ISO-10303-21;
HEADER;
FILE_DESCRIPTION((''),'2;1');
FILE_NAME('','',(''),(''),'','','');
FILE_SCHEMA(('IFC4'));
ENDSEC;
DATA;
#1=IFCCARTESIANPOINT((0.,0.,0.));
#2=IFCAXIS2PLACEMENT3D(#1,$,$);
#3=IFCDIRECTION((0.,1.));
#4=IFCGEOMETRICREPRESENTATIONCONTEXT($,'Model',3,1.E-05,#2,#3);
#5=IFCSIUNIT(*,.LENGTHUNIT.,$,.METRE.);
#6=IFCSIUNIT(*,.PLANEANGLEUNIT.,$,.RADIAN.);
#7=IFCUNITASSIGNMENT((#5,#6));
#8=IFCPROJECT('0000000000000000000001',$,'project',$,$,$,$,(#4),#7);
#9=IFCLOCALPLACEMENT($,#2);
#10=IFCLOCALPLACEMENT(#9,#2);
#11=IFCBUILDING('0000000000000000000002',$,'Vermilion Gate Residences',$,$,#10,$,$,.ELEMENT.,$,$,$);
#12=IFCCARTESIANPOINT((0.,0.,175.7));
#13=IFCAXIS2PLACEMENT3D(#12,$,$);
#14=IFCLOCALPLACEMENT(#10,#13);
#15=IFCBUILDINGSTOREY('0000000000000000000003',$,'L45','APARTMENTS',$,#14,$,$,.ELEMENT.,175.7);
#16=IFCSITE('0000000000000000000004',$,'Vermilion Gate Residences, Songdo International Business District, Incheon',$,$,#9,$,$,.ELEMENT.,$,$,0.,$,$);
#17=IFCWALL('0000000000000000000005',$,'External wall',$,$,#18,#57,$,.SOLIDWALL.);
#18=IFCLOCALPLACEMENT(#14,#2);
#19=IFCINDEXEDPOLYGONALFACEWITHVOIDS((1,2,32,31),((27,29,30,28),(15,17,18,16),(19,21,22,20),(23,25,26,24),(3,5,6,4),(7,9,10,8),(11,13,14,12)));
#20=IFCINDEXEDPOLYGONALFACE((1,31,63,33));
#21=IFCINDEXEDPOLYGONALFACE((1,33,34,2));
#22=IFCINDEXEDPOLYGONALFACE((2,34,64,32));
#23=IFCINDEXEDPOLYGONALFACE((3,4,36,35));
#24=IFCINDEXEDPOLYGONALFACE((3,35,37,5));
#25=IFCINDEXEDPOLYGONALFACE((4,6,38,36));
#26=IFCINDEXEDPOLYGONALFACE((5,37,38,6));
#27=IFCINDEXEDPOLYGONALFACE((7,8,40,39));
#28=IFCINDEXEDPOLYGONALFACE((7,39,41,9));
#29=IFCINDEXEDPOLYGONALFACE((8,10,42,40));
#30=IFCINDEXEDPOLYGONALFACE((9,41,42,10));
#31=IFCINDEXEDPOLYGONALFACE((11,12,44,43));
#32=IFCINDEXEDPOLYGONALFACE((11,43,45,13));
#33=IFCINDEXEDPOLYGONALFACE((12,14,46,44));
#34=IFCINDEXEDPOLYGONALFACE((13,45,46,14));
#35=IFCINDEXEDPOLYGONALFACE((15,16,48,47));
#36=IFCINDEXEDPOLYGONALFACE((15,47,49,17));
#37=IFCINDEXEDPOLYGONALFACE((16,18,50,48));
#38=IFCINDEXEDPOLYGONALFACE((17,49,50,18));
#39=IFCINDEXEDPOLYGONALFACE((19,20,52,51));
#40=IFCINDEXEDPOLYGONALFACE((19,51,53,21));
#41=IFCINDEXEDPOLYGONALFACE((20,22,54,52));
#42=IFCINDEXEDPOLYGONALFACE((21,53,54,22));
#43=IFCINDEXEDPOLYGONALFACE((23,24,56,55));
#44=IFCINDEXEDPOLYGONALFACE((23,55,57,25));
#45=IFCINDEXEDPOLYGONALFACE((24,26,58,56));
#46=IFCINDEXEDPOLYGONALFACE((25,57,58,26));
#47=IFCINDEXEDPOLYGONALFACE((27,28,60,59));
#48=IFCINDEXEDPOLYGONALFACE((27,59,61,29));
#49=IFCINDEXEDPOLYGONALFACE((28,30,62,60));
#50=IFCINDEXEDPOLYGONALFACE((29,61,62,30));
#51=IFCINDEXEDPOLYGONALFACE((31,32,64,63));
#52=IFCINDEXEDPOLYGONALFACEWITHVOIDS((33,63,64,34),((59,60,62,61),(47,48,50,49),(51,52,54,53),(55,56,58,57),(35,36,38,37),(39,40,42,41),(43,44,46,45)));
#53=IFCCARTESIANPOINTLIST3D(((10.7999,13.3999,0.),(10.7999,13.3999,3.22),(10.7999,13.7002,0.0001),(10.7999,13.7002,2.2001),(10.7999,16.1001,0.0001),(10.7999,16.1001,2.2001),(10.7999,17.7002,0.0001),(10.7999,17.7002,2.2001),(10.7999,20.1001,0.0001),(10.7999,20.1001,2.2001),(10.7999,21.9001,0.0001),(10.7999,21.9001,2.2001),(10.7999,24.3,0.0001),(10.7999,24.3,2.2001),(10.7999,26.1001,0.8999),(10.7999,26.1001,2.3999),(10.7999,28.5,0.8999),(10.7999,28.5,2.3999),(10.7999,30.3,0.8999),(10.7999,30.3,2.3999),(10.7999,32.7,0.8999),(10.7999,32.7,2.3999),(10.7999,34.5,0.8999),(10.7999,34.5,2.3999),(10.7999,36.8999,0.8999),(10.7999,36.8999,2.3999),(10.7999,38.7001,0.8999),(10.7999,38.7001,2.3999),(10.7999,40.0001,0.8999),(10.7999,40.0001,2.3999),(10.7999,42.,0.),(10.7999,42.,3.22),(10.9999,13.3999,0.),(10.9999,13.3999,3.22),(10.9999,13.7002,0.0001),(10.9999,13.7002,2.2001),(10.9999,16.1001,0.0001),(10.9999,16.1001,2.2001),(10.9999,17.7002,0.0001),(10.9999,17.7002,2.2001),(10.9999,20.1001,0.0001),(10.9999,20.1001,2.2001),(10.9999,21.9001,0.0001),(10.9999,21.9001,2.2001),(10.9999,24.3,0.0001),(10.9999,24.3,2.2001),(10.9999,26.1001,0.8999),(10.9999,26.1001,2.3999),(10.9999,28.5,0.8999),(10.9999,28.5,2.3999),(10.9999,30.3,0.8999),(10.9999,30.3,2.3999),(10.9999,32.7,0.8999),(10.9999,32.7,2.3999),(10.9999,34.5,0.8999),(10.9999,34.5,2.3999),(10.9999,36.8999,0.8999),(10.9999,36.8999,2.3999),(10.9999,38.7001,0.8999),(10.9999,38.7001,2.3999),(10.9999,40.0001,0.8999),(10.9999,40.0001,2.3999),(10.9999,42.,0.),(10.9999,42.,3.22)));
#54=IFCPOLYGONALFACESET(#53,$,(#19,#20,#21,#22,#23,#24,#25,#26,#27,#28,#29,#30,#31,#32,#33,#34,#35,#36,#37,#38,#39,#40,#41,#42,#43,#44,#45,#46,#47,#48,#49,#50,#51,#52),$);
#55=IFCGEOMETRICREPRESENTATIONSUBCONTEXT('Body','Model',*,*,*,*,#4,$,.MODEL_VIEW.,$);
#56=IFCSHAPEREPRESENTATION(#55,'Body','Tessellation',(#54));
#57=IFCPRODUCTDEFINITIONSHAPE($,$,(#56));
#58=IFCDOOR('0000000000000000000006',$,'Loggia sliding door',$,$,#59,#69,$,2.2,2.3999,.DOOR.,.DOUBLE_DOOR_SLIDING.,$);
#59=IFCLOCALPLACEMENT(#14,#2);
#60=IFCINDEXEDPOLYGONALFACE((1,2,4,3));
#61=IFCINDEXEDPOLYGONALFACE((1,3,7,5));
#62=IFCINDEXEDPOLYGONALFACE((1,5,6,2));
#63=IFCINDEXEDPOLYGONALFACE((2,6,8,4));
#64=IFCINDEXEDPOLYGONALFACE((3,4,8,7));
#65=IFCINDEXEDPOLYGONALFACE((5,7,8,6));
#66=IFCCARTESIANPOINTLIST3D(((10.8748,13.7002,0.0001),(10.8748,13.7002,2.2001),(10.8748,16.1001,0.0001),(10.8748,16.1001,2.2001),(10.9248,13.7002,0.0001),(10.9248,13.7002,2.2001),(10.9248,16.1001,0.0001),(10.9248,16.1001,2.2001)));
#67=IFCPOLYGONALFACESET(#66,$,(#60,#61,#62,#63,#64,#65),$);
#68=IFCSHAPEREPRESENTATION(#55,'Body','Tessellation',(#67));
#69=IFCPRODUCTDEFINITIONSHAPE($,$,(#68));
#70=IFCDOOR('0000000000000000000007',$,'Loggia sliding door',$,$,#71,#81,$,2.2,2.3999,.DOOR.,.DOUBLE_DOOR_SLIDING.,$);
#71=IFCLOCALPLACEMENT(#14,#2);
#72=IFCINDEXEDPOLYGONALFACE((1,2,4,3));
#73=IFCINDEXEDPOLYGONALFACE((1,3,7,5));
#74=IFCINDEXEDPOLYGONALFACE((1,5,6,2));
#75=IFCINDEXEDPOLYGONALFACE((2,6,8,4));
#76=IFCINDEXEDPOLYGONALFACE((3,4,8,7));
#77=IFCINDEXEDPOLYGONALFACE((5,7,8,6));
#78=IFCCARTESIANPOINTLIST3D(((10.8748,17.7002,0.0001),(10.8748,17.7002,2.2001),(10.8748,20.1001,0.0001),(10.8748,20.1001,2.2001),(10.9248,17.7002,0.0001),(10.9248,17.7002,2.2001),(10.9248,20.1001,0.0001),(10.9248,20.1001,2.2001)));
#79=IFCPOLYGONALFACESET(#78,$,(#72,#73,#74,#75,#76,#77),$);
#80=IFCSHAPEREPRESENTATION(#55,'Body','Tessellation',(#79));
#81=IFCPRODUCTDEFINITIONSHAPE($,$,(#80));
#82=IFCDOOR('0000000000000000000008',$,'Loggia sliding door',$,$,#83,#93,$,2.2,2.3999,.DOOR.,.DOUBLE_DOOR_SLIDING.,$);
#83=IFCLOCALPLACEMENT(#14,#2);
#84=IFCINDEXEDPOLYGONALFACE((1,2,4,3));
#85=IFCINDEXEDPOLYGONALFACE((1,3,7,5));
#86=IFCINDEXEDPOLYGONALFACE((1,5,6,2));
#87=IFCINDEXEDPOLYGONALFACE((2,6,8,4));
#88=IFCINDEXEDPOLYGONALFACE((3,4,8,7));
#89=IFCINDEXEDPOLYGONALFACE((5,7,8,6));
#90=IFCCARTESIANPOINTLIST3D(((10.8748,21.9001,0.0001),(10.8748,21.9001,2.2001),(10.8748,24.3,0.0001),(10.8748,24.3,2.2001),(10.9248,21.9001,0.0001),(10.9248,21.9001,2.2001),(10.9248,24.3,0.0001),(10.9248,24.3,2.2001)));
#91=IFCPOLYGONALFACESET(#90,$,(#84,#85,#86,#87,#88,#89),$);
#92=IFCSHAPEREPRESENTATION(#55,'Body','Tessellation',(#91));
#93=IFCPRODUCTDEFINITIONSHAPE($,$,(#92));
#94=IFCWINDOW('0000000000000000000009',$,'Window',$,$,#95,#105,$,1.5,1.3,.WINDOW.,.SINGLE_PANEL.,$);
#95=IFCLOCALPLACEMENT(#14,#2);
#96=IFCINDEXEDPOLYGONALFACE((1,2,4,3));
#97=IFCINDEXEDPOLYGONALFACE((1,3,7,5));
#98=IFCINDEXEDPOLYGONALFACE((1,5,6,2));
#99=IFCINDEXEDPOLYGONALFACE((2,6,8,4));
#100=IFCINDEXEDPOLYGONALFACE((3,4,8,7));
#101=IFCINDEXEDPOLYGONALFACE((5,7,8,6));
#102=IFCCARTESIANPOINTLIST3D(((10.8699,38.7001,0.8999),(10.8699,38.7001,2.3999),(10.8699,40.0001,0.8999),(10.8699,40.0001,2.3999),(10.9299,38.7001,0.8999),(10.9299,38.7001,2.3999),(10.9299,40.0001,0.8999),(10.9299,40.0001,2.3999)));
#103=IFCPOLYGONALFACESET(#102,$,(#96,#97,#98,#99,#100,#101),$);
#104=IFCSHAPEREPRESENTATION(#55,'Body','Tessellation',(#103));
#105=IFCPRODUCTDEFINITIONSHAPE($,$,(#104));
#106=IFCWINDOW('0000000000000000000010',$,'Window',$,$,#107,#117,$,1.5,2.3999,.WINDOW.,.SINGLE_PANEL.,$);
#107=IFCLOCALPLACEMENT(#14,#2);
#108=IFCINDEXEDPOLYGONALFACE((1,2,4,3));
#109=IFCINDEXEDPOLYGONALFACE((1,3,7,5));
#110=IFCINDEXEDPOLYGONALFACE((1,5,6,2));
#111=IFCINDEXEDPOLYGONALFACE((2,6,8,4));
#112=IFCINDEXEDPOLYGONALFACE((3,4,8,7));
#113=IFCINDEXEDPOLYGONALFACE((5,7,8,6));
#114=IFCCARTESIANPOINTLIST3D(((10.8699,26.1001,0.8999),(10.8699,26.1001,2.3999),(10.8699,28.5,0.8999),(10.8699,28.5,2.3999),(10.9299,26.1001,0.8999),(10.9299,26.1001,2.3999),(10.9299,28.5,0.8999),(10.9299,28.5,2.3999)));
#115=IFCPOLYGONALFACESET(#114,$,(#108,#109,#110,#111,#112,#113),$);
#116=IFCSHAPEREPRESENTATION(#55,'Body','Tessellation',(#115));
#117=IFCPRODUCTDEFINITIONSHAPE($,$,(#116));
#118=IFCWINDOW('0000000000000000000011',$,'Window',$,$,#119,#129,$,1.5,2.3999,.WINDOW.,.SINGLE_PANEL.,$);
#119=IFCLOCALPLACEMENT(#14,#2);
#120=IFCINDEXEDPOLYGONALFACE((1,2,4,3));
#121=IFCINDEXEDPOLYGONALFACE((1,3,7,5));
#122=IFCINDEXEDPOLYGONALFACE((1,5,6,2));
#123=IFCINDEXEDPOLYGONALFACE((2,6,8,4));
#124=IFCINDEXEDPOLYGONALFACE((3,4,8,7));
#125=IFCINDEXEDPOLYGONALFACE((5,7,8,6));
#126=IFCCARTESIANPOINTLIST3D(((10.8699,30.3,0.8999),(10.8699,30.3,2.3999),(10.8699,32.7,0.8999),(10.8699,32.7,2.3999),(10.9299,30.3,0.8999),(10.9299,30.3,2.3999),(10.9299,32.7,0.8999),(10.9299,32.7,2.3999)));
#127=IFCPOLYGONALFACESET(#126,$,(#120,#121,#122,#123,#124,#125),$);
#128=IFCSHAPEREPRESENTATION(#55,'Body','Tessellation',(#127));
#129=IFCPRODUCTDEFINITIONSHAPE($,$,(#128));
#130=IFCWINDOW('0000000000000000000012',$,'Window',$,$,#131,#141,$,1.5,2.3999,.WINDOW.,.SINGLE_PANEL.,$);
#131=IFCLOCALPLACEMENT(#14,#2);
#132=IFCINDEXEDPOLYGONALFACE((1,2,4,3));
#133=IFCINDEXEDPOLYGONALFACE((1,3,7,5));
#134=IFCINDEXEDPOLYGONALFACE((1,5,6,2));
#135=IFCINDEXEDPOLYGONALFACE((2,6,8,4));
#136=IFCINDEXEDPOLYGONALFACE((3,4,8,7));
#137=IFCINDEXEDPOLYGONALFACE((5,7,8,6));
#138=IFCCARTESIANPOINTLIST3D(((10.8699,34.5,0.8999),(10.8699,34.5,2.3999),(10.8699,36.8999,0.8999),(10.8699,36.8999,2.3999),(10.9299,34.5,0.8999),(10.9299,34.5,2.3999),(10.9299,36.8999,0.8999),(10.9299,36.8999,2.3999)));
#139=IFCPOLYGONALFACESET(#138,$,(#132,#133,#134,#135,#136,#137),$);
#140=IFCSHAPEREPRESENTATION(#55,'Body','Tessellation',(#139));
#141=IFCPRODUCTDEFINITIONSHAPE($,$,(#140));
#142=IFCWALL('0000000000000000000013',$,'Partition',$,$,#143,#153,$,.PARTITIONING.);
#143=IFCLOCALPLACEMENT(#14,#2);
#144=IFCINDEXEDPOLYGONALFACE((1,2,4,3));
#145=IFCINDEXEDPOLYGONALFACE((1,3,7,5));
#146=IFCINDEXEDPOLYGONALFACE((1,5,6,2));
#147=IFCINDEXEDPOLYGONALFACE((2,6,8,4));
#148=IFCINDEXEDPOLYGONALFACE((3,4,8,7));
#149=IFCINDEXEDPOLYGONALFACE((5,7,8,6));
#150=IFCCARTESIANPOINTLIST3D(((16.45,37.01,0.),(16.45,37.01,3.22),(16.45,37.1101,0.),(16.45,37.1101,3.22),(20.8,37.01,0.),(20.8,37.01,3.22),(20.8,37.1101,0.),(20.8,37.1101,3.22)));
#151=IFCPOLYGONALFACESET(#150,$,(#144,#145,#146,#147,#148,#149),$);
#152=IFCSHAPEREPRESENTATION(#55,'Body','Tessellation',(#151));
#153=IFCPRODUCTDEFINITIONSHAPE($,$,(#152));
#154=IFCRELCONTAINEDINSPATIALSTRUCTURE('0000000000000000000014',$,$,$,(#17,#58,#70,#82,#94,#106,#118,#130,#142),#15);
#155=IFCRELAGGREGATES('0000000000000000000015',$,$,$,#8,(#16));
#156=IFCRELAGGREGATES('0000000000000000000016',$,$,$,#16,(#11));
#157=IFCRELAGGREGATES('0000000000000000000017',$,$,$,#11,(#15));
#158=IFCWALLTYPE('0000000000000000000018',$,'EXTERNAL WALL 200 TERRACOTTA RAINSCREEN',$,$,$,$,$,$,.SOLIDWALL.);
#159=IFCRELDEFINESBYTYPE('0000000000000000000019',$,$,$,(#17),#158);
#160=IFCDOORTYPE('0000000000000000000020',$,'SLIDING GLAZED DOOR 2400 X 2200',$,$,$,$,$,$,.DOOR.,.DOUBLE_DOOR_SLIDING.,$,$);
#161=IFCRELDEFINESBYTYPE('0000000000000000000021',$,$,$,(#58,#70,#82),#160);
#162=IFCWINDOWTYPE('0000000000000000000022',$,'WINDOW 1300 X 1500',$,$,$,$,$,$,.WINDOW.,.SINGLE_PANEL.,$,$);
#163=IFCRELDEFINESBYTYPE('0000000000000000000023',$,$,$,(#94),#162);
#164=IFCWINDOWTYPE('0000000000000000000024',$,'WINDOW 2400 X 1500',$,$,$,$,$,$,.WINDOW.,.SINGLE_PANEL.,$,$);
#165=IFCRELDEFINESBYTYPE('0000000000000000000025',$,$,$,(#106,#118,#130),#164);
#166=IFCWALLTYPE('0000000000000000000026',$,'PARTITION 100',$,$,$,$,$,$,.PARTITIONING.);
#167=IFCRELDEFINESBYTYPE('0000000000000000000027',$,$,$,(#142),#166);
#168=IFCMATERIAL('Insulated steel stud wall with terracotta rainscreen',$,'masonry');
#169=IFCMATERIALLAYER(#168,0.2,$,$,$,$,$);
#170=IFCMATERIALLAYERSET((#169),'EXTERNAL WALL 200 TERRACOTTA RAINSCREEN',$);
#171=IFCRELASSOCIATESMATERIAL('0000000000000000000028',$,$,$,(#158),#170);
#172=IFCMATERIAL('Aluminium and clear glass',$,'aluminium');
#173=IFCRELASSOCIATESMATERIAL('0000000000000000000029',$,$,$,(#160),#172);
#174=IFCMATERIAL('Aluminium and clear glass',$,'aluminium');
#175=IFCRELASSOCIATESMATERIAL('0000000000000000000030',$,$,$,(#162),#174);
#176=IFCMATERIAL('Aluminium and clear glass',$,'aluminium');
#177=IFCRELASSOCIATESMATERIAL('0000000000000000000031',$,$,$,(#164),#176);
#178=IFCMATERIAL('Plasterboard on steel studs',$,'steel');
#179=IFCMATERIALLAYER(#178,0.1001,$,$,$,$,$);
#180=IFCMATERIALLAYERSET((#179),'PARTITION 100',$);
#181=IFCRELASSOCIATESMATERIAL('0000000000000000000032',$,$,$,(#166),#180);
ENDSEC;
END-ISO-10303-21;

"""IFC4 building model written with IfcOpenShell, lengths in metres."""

from ifc_helpers import new_model, si_unit, direction, frame, frame_2d, origin, place, context, subcontext, project, spatial, rectangle, extrude, material, layer, layer_set, type_object, element, fill, save


model = new_model("IFC4")

# Units and contexts
model_context = context("Model", 3, precision=1e-05, world=origin(), true_north=direction((0.0, 1.0)))
body_context = subcontext(model_context, "Body", "Model", "MODEL_VIEW")
ifc_project = project(units=[si_unit("LENGTHUNIT", "METRE"), si_unit("PLANEANGLEUNIT", "RADIAN")], contexts=[model_context])

# Site, building, storey
site_placement = place(None, origin())
site = spatial("IfcSite", under=ifc_project, at=site_placement, Name="Vermilion Gate Residences, Songdo International Business District, Incheon", CompositionType="ELEMENT", RefElevation=0.0)
building_placement = place(site_placement, origin())
building = spatial("IfcBuilding", under=site, at=building_placement, Name="Vermilion Gate Residences", CompositionType="ELEMENT")
storey_placement = place(building_placement, frame((0.0, 0.0, 175.7)))
storey = spatial("IfcBuildingStorey", under=building, at=storey_placement, Name="L45", Description="APARTMENTS", CompositionType="ELEMENT", Elevation=175.7)

# Wall, openings, doors, windows
ifc_material_1 = material(Name="Insulated steel stud wall with terracotta rainscreen", Category="masonry")
ifc_layer_1 = layer(ifc_material_1, 0.2)
ifc_layer_set_1 = layer_set([ifc_layer_1], Name="EXTERNAL WALL 200 TERRACOTTA RAINSCREEN")
wall_type_1 = type_object("IfcWallType", Name="EXTERNAL WALL 200 TERRACOTTA RAINSCREEN", PredefinedType="SOLIDWALL", material=ifc_layer_set_1)
wall_1_placement = place(storey_placement, frame((10.8999, 42.0, 0.0), z_axis=(0.0, 0.0, 1.0), x_axis=(0.0, -1.0, 0.0)))
wall_1 = element("IfcWall", 1, at=wall_1_placement, inside=storey, type_object=wall_type_1, Name="External wall", PredefinedType="SOLIDWALL", context=body_context, shape_type="SweptSolid", body=[
    extrude(rectangle(XDim=28.6001, YDim=0.2, at=frame_2d((14.3, 0.0))), origin(), (0.0, 0.0, 1.0), 3.22),
])
opening_1_placement = place(wall_1_placement, frame((25.8999, 0.0, 0.0)))
opening_1 = element("IfcOpeningElement", 2, at=opening_1_placement, cuts=wall_1, PredefinedType="OPENING", context=body_context, shape_type="SweptSolid", body=[
    extrude(rectangle(XDim=2.3999, YDim=2.2, at=frame_2d((1.2, 1.1001))), frame((0.0, 0.1099, 0.0), z_axis=(0.0, -1.0, 0.0), x_axis=(1.0, 0.0, 0.0)), (0.0, 0.0, 1.0), 0.22),
])
opening_2_placement = place(wall_1_placement, frame((21.8999, 0.0, 0.0)))
opening_2 = element("IfcOpeningElement", 3, at=opening_2_placement, cuts=wall_1, PredefinedType="OPENING", context=body_context, shape_type="SweptSolid", body=[
    extrude(rectangle(XDim=2.3999, YDim=2.2, at=frame_2d((1.2, 1.1001))), frame((0.0, 0.1099, 0.0), z_axis=(0.0, -1.0, 0.0), x_axis=(1.0, 0.0, 0.0)), (0.0, 0.0, 1.0), 0.22),
])
opening_3_placement = place(wall_1_placement, frame((17.7, 0.0, 0.0)))
opening_3 = element("IfcOpeningElement", 4, at=opening_3_placement, cuts=wall_1, PredefinedType="OPENING", context=body_context, shape_type="SweptSolid", body=[
    extrude(rectangle(XDim=2.3999, YDim=2.2, at=frame_2d((1.2, 1.1001))), frame((0.0, 0.1099, 0.0), z_axis=(0.0, -1.0, 0.0), x_axis=(1.0, 0.0, 0.0)), (0.0, 0.0, 1.0), 0.22),
])
opening_4_placement = place(wall_1_placement, frame((13.5, 0.0, 0.8999)))
opening_4 = element("IfcOpeningElement", 5, at=opening_4_placement, cuts=wall_1, PredefinedType="OPENING", context=body_context, shape_type="SweptSolid", body=[
    extrude(rectangle(XDim=2.3999, YDim=1.5, at=frame_2d((1.2, 0.75))), frame((0.0, 0.1099, 0.0), z_axis=(0.0, -1.0, 0.0), x_axis=(1.0, 0.0, 0.0)), (0.0, 0.0, 1.0), 0.22),
])
opening_5_placement = place(wall_1_placement, frame((9.3, 0.0, 0.8999)))
opening_5 = element("IfcOpeningElement", 6, at=opening_5_placement, cuts=wall_1, PredefinedType="OPENING", context=body_context, shape_type="SweptSolid", body=[
    extrude(rectangle(XDim=2.3999, YDim=1.5, at=frame_2d((1.2, 0.75))), frame((0.0, 0.1099, 0.0), z_axis=(0.0, -1.0, 0.0), x_axis=(1.0, 0.0, 0.0)), (0.0, 0.0, 1.0), 0.22),
])
opening_6_placement = place(wall_1_placement, frame((5.1001, 0.0, 0.8999)))
opening_6 = element("IfcOpeningElement", 7, at=opening_6_placement, cuts=wall_1, PredefinedType="OPENING", context=body_context, shape_type="SweptSolid", body=[
    extrude(rectangle(XDim=2.3999, YDim=1.5, at=frame_2d((1.2, 0.75))), frame((0.0, 0.1099, 0.0), z_axis=(0.0, -1.0, 0.0), x_axis=(1.0, 0.0, 0.0)), (0.0, 0.0, 1.0), 0.22),
])
opening_7_placement = place(wall_1_placement, frame((2.0, 0.0, 0.8999)))
opening_7 = element("IfcOpeningElement", 8, at=opening_7_placement, cuts=wall_1, PredefinedType="OPENING", context=body_context, shape_type="SweptSolid", body=[
    extrude(rectangle(XDim=1.3, YDim=1.5, at=frame_2d((0.6499, 0.75))), frame((0.0, 0.1099, 0.0), z_axis=(0.0, -1.0, 0.0), x_axis=(1.0, 0.0, 0.0)), (0.0, 0.0, 1.0), 0.22),
])
ifc_material_2 = material(Name="Aluminium and clear glass", Category="aluminium")
door_type_1 = type_object("IfcDoorType", Name="SLIDING GLAZED DOOR 2400 X 2200", OperationType="DOUBLE_DOOR_SLIDING", PredefinedType="DOOR", material=ifc_material_2)
door_1_placement = place(opening_1_placement, origin())
door_1 = element("IfcDoor", 9, at=door_1_placement, inside=storey, type_object=door_type_1, Name="Loggia sliding door", OperationType="DOUBLE_DOOR_SLIDING", OverallHeight=2.2, OverallWidth=2.3999, PredefinedType="DOOR", context=body_context, shape_type="SweptSolid", body=[
    extrude(rectangle(XDim=2.3999, YDim=2.2, at=frame_2d((1.2, 1.1001))), frame((0.0, 0.0249, 0.0), z_axis=(0.0, -1.0, 0.0), x_axis=(1.0, 0.0, 0.0)), (0.0, 0.0, 1.0), 0.05),
])
fill(opening_1, door_1)
door_2_placement = place(opening_2_placement, origin())
door_2 = element("IfcDoor", 10, at=door_2_placement, inside=storey, type_object=door_type_1, Name="Loggia sliding door", OperationType="DOUBLE_DOOR_SLIDING", OverallHeight=2.2, OverallWidth=2.3999, PredefinedType="DOOR", context=body_context, shape_type="SweptSolid", body=[
    extrude(rectangle(XDim=2.3999, YDim=2.2, at=frame_2d((1.2, 1.1001))), frame((0.0, 0.0249, 0.0), z_axis=(0.0, -1.0, 0.0), x_axis=(1.0, 0.0, 0.0)), (0.0, 0.0, 1.0), 0.05),
])
fill(opening_2, door_2)
door_3_placement = place(opening_3_placement, origin())
door_3 = element("IfcDoor", 11, at=door_3_placement, inside=storey, type_object=door_type_1, Name="Loggia sliding door", OperationType="DOUBLE_DOOR_SLIDING", OverallHeight=2.2, OverallWidth=2.3999, PredefinedType="DOOR", context=body_context, shape_type="SweptSolid", body=[
    extrude(rectangle(XDim=2.3999, YDim=2.2, at=frame_2d((1.2, 1.1001))), frame((0.0, 0.0249, 0.0), z_axis=(0.0, -1.0, 0.0), x_axis=(1.0, 0.0, 0.0)), (0.0, 0.0, 1.0), 0.05),
])
fill(opening_3, door_3)
ifc_material_3 = material(Name="Aluminium and clear glass", Category="aluminium")
window_type_1 = type_object("IfcWindowType", Name="WINDOW 1300 X 1500", PartitioningType="SINGLE_PANEL", PredefinedType="WINDOW", material=ifc_material_3)
window_1_placement = place(opening_7_placement, origin())
window_1 = element("IfcWindow", 12, at=window_1_placement, inside=storey, type_object=window_type_1, Name="Window", OverallHeight=1.5, OverallWidth=1.3, PartitioningType="SINGLE_PANEL", PredefinedType="WINDOW", context=body_context, shape_type="SweptSolid", body=[
    extrude(rectangle(XDim=1.3, YDim=1.5, at=frame_2d((0.6499, 0.75))), frame((0.0, 0.03, 0.0), z_axis=(0.0, -1.0, 0.0), x_axis=(1.0, 0.0, 0.0)), (0.0, 0.0, 1.0), 0.0601),
])
fill(opening_7, window_1)
ifc_material_4 = material(Name="Aluminium and clear glass", Category="aluminium")
window_type_2 = type_object("IfcWindowType", Name="WINDOW 2400 X 1500", PartitioningType="SINGLE_PANEL", PredefinedType="WINDOW", material=ifc_material_4)
window_2_placement = place(opening_4_placement, origin())
window_2 = element("IfcWindow", 13, at=window_2_placement, inside=storey, type_object=window_type_2, Name="Window", OverallHeight=1.5, OverallWidth=2.3999, PartitioningType="SINGLE_PANEL", PredefinedType="WINDOW", context=body_context, shape_type="SweptSolid", body=[
    extrude(rectangle(XDim=2.3999, YDim=1.5, at=frame_2d((1.2, 0.75))), frame((0.0, 0.03, 0.0), z_axis=(0.0, -1.0, 0.0), x_axis=(1.0, 0.0, 0.0)), (0.0, 0.0, 1.0), 0.0601),
])
fill(opening_4, window_2)
window_3_placement = place(opening_5_placement, origin())
window_3 = element("IfcWindow", 14, at=window_3_placement, inside=storey, type_object=window_type_2, Name="Window", OverallHeight=1.5, OverallWidth=2.3999, PartitioningType="SINGLE_PANEL", PredefinedType="WINDOW", context=body_context, shape_type="SweptSolid", body=[
    extrude(rectangle(XDim=2.3999, YDim=1.5, at=frame_2d((1.2, 0.75))), frame((0.0, 0.03, 0.0), z_axis=(0.0, -1.0, 0.0), x_axis=(1.0, 0.0, 0.0)), (0.0, 0.0, 1.0), 0.0601),
])
fill(opening_5, window_3)
window_4_placement = place(opening_6_placement, origin())
window_4 = element("IfcWindow", 15, at=window_4_placement, inside=storey, type_object=window_type_2, Name="Window", OverallHeight=1.5, OverallWidth=2.3999, PartitioningType="SINGLE_PANEL", PredefinedType="WINDOW", context=body_context, shape_type="SweptSolid", body=[
    extrude(rectangle(XDim=2.3999, YDim=1.5, at=frame_2d((1.2, 0.75))), frame((0.0, 0.03, 0.0), z_axis=(0.0, -1.0, 0.0), x_axis=(1.0, 0.0, 0.0)), (0.0, 0.0, 1.0), 0.0601),
])
fill(opening_6, window_4)

# Wall
ifc_material_5 = material(Name="Plasterboard on steel studs", Category="steel")
ifc_layer_2 = layer(ifc_material_5, 0.1001)
ifc_layer_set_2 = layer_set([ifc_layer_2], Name="PARTITION 100")
wall_type_2 = type_object("IfcWallType", Name="PARTITION 100", PredefinedType="PARTITIONING", material=ifc_layer_set_2)
wall_2_placement = place(storey_placement, frame((16.45, 37.0601, 0.0), z_axis=(0.0, 0.0, 1.0), x_axis=(1.0, 0.0, 0.0)))
element("IfcWall", 16, at=wall_2_placement, inside=storey, type_object=wall_type_2, Name="Partition", PredefinedType="PARTITIONING", context=body_context, shape_type="SweptSolid", body=[
    extrude(rectangle(XDim=4.3501, YDim=0.1001, at=frame_2d((2.175, 0.0))), origin(), (0.0, 0.0, 1.0), 3.22),
])

save(model, "model.ifc")
